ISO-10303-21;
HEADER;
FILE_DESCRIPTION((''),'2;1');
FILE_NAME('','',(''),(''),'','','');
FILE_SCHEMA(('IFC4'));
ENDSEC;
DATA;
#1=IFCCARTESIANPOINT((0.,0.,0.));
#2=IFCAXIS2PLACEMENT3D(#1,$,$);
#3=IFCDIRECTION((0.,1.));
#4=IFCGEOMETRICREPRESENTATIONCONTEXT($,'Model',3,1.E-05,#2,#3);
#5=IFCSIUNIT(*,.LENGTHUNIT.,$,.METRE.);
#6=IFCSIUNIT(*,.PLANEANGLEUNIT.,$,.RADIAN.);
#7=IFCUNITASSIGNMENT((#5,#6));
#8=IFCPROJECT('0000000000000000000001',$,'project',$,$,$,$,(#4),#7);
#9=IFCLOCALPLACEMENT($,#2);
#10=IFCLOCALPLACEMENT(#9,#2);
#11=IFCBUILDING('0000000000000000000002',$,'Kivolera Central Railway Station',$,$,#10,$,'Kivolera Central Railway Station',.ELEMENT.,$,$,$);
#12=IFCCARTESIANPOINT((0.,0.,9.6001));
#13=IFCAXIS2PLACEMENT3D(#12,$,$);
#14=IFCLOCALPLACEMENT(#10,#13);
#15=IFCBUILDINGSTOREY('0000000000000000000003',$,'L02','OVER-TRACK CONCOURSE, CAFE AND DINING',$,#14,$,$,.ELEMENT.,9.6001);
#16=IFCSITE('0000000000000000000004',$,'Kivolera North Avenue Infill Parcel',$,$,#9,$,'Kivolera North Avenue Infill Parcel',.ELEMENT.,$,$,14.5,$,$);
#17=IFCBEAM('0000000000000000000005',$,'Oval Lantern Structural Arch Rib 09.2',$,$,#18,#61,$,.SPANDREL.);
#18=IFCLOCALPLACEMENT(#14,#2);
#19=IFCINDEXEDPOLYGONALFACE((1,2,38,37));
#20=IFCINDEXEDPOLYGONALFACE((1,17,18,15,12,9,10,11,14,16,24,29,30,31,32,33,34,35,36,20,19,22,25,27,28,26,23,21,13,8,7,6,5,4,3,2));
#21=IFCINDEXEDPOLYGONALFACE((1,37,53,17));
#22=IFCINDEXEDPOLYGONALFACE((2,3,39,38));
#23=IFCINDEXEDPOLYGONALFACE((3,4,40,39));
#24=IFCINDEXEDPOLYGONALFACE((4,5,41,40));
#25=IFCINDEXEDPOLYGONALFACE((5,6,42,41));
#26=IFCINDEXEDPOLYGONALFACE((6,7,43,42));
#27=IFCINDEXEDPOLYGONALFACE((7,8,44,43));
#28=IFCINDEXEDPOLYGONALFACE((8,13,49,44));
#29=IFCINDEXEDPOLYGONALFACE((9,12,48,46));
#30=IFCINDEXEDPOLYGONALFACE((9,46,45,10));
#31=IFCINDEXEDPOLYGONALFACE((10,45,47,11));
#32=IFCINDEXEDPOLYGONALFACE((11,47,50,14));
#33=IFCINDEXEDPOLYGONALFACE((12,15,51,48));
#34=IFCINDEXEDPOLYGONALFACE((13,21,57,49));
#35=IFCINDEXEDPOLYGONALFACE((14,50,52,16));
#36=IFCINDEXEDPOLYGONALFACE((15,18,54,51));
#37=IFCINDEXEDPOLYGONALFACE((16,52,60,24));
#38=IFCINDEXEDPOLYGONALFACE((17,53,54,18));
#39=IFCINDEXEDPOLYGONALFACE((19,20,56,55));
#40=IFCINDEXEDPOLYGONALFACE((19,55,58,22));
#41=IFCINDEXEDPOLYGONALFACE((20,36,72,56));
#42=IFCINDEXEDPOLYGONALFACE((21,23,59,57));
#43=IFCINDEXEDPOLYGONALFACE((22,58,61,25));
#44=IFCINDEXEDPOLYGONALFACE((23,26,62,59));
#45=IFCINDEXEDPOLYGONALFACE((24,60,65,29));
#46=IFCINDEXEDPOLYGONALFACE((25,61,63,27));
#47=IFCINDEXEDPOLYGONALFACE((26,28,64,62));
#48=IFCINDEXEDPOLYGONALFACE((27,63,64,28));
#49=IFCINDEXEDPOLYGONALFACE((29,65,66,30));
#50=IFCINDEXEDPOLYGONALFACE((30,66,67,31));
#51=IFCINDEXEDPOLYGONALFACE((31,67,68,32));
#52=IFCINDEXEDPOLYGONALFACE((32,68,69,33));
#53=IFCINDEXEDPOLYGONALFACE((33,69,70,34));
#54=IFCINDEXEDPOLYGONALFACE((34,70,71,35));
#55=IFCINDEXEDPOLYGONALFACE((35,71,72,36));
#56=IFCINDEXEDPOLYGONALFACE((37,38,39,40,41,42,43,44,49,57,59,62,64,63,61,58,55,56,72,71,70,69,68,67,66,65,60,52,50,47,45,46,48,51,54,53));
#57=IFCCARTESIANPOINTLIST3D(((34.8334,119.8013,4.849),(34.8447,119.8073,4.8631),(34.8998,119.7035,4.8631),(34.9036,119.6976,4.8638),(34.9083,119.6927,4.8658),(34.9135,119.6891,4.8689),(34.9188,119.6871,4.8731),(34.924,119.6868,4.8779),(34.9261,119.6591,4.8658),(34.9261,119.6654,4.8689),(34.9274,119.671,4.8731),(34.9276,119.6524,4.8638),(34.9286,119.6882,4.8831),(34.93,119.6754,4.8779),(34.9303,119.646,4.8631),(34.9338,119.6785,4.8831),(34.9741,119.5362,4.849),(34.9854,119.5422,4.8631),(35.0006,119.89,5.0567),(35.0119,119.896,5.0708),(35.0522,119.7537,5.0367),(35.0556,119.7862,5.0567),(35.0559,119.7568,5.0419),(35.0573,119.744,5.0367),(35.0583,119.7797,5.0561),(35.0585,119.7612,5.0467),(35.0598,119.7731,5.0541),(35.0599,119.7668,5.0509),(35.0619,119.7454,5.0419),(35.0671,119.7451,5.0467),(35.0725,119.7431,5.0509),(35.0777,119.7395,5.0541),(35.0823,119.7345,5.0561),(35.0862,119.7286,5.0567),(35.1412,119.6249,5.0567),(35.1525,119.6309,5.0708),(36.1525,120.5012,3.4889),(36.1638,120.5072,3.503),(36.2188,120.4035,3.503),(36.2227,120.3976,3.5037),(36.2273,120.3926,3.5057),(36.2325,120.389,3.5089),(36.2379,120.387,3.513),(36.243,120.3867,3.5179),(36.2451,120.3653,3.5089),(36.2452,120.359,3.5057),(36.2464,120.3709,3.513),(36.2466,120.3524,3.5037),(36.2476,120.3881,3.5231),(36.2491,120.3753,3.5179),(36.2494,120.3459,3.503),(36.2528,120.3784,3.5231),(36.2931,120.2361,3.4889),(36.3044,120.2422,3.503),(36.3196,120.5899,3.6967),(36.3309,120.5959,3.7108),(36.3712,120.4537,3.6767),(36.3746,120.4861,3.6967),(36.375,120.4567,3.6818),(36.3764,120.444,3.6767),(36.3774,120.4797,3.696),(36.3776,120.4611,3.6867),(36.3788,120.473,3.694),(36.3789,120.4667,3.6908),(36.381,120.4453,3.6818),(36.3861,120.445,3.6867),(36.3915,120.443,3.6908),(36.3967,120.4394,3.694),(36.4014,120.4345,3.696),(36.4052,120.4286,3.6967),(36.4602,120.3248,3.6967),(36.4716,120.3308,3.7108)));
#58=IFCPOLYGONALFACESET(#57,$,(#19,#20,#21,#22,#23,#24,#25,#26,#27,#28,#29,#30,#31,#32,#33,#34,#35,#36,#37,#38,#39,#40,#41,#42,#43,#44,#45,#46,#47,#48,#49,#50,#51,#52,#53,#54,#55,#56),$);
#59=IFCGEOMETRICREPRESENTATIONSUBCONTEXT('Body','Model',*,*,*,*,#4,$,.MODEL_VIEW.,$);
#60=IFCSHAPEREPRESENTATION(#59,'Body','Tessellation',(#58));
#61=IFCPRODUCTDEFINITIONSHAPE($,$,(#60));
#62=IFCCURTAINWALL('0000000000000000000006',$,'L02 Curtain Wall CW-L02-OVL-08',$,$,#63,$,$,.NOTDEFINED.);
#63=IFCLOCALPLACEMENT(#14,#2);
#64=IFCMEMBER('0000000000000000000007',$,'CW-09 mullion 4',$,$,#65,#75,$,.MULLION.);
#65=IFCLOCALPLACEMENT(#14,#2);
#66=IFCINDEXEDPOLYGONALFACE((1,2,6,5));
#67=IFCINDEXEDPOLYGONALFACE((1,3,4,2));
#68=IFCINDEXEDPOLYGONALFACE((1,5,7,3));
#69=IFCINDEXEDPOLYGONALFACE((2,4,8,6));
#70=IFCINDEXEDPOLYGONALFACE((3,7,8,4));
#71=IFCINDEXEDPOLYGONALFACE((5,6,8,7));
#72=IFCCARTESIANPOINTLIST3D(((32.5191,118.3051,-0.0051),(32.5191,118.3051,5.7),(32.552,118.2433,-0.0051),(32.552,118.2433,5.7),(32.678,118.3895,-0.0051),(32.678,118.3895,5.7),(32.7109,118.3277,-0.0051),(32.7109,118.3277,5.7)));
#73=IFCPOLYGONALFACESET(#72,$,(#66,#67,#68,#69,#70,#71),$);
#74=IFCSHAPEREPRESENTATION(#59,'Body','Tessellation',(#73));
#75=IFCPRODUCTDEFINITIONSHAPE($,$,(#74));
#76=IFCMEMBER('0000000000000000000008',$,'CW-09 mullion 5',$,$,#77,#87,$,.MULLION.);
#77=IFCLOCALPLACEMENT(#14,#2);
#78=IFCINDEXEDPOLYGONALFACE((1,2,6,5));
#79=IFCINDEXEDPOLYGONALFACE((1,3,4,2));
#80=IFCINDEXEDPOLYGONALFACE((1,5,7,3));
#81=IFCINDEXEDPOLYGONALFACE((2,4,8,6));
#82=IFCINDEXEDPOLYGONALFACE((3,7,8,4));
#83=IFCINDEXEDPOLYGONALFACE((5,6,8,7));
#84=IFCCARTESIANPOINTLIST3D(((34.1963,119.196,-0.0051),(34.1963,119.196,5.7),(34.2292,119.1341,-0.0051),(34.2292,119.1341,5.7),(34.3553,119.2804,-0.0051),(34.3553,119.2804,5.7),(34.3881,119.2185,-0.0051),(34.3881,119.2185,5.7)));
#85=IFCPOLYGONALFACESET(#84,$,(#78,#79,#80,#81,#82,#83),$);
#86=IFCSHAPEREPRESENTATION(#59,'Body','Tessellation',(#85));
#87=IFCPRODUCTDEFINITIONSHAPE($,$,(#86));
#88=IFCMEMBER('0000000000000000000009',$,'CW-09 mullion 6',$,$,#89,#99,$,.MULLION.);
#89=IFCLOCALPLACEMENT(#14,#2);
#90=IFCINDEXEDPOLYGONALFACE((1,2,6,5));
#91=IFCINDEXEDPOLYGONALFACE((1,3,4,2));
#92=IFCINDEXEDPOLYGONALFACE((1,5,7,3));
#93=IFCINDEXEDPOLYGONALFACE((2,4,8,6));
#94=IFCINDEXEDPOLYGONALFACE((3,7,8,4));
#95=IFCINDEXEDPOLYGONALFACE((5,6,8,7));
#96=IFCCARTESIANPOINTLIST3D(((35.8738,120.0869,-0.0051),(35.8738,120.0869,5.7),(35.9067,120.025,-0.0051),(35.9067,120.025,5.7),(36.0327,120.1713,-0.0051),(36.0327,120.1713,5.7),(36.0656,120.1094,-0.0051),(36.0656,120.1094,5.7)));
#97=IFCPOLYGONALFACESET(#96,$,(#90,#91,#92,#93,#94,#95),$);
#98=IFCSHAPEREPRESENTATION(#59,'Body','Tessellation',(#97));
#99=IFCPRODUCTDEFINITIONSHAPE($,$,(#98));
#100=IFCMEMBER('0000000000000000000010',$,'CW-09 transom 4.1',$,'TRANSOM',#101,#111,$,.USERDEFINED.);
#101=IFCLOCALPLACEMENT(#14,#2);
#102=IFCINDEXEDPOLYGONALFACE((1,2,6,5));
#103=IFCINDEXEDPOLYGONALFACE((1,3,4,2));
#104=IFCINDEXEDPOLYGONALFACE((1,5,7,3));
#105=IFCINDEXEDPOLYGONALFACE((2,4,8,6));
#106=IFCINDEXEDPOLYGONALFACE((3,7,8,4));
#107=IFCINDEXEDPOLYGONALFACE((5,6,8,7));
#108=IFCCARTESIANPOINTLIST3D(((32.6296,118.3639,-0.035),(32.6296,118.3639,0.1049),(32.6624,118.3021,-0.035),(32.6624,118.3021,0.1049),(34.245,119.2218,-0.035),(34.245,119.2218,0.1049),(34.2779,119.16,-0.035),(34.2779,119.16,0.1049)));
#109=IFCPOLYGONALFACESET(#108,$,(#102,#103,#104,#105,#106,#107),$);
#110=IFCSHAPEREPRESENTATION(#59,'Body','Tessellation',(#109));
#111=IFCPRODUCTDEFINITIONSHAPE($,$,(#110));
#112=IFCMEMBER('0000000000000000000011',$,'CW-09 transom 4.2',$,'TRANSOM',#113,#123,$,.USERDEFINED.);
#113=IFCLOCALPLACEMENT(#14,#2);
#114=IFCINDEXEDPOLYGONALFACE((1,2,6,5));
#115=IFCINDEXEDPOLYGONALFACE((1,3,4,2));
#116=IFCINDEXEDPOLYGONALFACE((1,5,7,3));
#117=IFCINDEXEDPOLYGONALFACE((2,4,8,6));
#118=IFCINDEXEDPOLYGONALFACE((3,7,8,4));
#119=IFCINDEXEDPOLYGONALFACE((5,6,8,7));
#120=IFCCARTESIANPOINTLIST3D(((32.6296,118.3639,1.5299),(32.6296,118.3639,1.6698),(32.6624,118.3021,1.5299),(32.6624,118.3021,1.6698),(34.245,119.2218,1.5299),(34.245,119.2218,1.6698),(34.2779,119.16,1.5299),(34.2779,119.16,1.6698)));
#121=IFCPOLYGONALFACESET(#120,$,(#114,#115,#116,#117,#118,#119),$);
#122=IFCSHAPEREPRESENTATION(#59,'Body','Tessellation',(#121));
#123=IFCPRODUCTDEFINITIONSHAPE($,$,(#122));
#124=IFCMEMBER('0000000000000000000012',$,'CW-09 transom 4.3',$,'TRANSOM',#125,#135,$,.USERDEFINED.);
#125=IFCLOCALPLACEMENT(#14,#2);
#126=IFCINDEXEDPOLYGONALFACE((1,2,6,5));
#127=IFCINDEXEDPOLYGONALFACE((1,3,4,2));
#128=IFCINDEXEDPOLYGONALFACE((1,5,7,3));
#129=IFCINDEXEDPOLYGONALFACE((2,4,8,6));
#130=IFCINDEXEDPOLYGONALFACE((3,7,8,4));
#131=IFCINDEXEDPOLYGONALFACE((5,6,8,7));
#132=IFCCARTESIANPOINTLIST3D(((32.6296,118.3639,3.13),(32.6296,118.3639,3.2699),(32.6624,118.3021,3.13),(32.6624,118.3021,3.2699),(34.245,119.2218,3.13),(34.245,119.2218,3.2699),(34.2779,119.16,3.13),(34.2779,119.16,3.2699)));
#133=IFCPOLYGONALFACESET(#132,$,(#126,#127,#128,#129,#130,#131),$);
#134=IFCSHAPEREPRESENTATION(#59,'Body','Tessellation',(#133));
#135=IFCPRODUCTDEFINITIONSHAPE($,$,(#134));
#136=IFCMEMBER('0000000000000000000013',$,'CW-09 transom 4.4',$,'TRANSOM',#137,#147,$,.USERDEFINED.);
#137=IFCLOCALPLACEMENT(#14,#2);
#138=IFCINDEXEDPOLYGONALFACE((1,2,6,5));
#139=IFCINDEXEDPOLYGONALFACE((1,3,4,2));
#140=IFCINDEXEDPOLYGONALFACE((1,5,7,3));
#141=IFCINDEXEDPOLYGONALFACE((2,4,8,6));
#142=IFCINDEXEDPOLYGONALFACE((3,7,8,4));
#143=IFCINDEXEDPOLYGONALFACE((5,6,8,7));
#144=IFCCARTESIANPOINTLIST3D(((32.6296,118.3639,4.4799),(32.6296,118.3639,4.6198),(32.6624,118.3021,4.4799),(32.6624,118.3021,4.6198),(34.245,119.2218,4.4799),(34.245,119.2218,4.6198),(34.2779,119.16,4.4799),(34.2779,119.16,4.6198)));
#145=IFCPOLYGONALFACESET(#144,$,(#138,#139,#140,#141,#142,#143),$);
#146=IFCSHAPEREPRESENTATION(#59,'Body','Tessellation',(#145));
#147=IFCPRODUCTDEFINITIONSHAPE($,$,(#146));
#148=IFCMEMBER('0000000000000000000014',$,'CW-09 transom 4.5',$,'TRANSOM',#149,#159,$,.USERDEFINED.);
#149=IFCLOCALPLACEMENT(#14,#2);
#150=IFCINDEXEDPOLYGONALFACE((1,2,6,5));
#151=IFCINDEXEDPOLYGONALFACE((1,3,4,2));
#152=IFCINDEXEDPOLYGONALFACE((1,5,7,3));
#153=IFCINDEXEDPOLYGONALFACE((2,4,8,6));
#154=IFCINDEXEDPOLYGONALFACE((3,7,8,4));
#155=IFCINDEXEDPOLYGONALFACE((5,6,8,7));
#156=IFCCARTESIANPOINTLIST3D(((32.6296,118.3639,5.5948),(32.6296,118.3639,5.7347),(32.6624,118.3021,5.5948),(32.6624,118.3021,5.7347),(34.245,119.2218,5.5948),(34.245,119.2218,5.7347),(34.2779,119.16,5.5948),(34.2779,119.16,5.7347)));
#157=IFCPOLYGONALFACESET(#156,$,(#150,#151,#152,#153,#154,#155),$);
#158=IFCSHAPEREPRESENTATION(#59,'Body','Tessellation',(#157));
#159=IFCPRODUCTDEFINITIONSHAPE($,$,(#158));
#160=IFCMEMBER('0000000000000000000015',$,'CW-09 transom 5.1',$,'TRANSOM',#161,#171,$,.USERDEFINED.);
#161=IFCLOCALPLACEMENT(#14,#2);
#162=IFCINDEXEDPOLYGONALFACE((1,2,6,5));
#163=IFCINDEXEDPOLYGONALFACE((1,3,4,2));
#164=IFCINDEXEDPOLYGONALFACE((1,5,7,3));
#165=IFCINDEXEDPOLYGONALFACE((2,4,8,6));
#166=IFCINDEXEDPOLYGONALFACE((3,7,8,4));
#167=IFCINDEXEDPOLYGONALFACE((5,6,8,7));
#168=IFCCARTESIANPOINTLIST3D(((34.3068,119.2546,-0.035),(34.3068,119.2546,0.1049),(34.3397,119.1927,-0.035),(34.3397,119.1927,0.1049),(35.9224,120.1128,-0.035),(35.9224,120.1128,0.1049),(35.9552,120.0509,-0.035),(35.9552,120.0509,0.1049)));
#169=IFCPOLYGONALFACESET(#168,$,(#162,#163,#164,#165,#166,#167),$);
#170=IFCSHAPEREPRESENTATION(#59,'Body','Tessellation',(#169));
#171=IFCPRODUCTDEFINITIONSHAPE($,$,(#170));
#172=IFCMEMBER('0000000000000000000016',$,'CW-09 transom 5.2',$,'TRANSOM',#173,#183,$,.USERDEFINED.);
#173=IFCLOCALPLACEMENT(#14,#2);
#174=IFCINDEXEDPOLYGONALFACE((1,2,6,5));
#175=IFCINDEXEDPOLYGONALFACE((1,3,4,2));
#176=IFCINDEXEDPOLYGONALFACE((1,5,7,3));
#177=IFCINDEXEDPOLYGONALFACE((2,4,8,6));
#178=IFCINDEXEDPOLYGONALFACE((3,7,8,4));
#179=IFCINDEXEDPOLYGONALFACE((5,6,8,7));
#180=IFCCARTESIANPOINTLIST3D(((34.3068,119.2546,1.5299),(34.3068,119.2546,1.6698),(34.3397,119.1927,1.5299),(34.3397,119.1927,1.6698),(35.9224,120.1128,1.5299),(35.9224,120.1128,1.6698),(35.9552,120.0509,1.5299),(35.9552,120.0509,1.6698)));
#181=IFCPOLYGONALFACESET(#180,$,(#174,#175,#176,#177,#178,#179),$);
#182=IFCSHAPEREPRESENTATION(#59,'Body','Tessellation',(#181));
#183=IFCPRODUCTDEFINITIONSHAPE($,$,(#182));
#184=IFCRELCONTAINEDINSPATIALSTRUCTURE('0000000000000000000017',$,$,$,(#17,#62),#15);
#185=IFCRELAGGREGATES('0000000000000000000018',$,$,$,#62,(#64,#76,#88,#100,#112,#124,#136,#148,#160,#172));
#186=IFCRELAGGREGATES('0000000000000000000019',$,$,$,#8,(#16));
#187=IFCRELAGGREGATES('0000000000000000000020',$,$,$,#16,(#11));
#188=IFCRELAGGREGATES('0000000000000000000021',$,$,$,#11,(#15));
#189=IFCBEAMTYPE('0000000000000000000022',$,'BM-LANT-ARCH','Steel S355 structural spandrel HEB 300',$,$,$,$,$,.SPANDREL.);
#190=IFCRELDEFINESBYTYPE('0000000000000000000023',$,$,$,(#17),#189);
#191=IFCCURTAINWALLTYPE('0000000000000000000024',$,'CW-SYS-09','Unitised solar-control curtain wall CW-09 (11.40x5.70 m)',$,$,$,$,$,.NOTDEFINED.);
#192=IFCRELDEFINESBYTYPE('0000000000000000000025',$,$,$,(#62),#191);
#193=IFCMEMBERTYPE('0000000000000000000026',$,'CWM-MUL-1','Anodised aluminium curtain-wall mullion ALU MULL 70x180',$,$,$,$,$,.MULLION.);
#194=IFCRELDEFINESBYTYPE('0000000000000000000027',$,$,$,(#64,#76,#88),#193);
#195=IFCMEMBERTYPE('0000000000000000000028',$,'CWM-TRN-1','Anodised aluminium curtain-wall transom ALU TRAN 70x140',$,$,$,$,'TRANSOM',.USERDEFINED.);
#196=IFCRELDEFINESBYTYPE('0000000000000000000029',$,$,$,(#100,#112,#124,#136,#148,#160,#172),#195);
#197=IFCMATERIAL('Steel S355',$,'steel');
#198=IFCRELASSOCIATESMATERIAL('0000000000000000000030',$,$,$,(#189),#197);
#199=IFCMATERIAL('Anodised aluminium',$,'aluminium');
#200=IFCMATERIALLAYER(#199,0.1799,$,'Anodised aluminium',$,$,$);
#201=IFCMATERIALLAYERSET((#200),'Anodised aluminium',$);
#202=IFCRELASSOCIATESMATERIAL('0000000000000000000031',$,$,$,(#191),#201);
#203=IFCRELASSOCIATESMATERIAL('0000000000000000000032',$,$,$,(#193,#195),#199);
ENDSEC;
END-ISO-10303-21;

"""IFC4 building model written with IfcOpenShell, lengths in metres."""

from ifc_helpers import new_model, si_unit, direction, frame, origin, origin_2d, place, context, subcontext, project, spatial, rectangle, i_section, extrude, material, layer, layer_set, material_profile, profile_set, type_object, element, aggregate, save


model = new_model("IFC4")

# Units and contexts
model_context = context("Model", 3, precision=1e-05, world=origin(), true_north=direction((0.0, 1.0)))
body_context = subcontext(model_context, "Body", "Model", "MODEL_VIEW")
ifc_project = project(units=[si_unit("LENGTHUNIT", "METRE"), si_unit("PLANEANGLEUNIT", "RADIAN")], contexts=[model_context])

# Site, building, storey
site_placement = place(None, origin())
site = spatial("IfcSite", under=ifc_project, at=site_placement, Name="Kivolera North Avenue Infill Parcel", LongName="Kivolera North Avenue Infill Parcel", CompositionType="ELEMENT", RefElevation=14.5)
building_placement = place(site_placement, origin())
building = spatial("IfcBuilding", under=site, at=building_placement, Name="Kivolera Central Railway Station", LongName="Kivolera Central Railway Station", CompositionType="ELEMENT")
storey_placement = place(building_placement, frame((0.0, 0.0, 9.6001)))
storey = spatial("IfcBuildingStorey", under=building, at=storey_placement, Name="L02", Description="OVER-TRACK CONCOURSE, CAFE AND DINING", CompositionType="ELEMENT", Elevation=9.6001)

# Beam
ifc_material_1 = material(Name="Steel S355", Category="steel")
ifc_material_profile_1 = material_profile(ifc_material_1, i_section(OverallWidth=0.3, OverallDepth=0.3, WebThickness=0.011, FlangeThickness=0.019, FilletRadius=0.0271, at=origin_2d()), Name="HEB 300")
ifc_profile_set_1 = profile_set([ifc_material_profile_1], Name="Steel S355")
beam_type = type_object("IfcBeamType", Name="BM-LANT-ARCH", Description="Steel S355 structural spandrel HEB 300", PredefinedType="SPANDREL", material=ifc_profile_set_1)
beam_placement = place(storey_placement, frame((36.312, 120.416, 3.5999), z_axis=(-0.653062, -0.346535, 0.673368), x_axis=(0.468729, -0.883342, 0.0)))
element("IfcBeam", 1, at=beam_placement, inside=storey, type_object=beam_type, Name="Oval Lantern Structural Arch Rib 09.2", PredefinedType="SPANDREL", context=body_context, shape_type="SweptSolid", body=[
    extrude(i_section(OverallWidth=0.3, OverallDepth=0.3, WebThickness=0.011, FlangeThickness=0.019, FilletRadius=0.0271, at=origin_2d()), origin(), (0.0, 0.0, 1.0), 2.0198),
])

# Curtain wall, members
ifc_material_2 = material(Name="Anodised aluminium", Category="aluminium")
ifc_layer_1 = layer(ifc_material_2, 0.1799, Name="Anodised aluminium")
ifc_layer_set_1 = layer_set([ifc_layer_1], Name="Anodised aluminium")
curtain_wall_type = type_object("IfcCurtainWallType", Name="CW-SYS-09", Description="Unitised solar-control curtain wall CW-09 (11.40x5.70 m)", PredefinedType="NOTDEFINED", material=ifc_layer_set_1)
curtain_wall_placement = place(storey_placement, origin())
curtain_wall = element("IfcCurtainWall", 2, at=curtain_wall_placement, inside=storey, type_object=curtain_wall_type, Name="L02 Curtain Wall CW-L02-OVL-08", PredefinedType="NOTDEFINED")
ifc_material_profile_2 = material_profile(ifc_material_2, rectangle(XDim=0.0701, YDim=0.1799, at=origin_2d()), Name="ALU MULL 70x180")
ifc_profile_set_2 = profile_set([ifc_material_profile_2], Name="Anodised aluminium")
member_type_1 = type_object("IfcMemberType", Name="CWM-MUL-1", Description="Anodised aluminium curtain-wall mullion ALU MULL 70x180", PredefinedType="MULLION", material=ifc_profile_set_2)
member_1_placement = place(storey_placement, frame((32.615, 118.3164, -0.0051), z_axis=(0.0, 0.0, 1.0), x_axis=(-0.469053, 0.88317, 0.0)))
member_1 = element("IfcMember", 3, at=member_1_placement, type_object=member_type_1, Name="CW-09 mullion 4", PredefinedType="MULLION", context=body_context, shape_type="SweptSolid", body=[
    extrude(rectangle(XDim=0.0701, YDim=0.1799, at=origin_2d()), origin(), (0.0, 0.0, 1.0), 5.7051),
])
member_2_placement = place(storey_placement, frame((34.2922, 119.2073, -0.0051), z_axis=(0.0, 0.0, 1.0), x_axis=(-0.469053, 0.88317, 0.0)))
member_2 = element("IfcMember", 4, at=member_2_placement, type_object=member_type_1, Name="CW-09 mullion 5", PredefinedType="MULLION", context=body_context, shape_type="SweptSolid", body=[
    extrude(rectangle(XDim=0.0701, YDim=0.1799, at=origin_2d()), origin(), (0.0, 0.0, 1.0), 5.7051),
])
member_3_placement = place(storey_placement, frame((35.9697, 120.0981, -0.0051), z_axis=(0.0, 0.0, 1.0), x_axis=(-0.469053, 0.88317, 0.0)))
member_3 = element("IfcMember", 5, at=member_3_placement, type_object=member_type_1, Name="CW-09 mullion 6", PredefinedType="MULLION", context=body_context, shape_type="SweptSolid", body=[
    extrude(rectangle(XDim=0.0701, YDim=0.1799, at=origin_2d()), origin(), (0.0, 0.0, 1.0), 5.7051),
])
ifc_material_profile_3 = material_profile(ifc_material_2, rectangle(XDim=0.0701, YDim=0.1399, at=origin_2d()), Name="ALU TRAN 70x140")
ifc_profile_set_3 = profile_set([ifc_material_profile_3], Name="Anodised aluminium")
member_type_2 = type_object("IfcMemberType", Name="CWM-TRN-1", Description="Anodised aluminium curtain-wall transom ALU TRAN 70x140", ElementType="TRANSOM", PredefinedType="USERDEFINED", material=ifc_profile_set_3)
member_4_placement = place(storey_placement, frame((32.646, 118.333, 0.0349), z_axis=(0.883187, 0.469022, 0.0), x_axis=(-0.469022, 0.883187, 0.0)))
member_4 = element("IfcMember", 6, at=member_4_placement, type_object=member_type_2, Name="CW-09 transom 4.1", ObjectType="TRANSOM", PredefinedType="USERDEFINED", context=body_context, shape_type="SweptSolid", body=[
    extrude(rectangle(XDim=0.0701, YDim=0.1399, at=origin_2d()), origin(), (0.0, 0.0, 1.0), 1.8291),
])
member_5_placement = place(storey_placement, frame((32.646, 118.333, 1.5999), z_axis=(0.883187, 0.469022, 0.0), x_axis=(-0.469022, 0.883187, 0.0)))
member_5 = element("IfcMember", 7, at=member_5_placement, type_object=member_type_2, Name="CW-09 transom 4.2", ObjectType="TRANSOM", PredefinedType="USERDEFINED", context=body_context, shape_type="SweptSolid", body=[
    extrude(rectangle(XDim=0.0701, YDim=0.1399, at=origin_2d()), origin(), (0.0, 0.0, 1.0), 1.8291),
])
member_6_placement = place(storey_placement, frame((32.646, 118.333, 3.2), z_axis=(0.883187, 0.469022, 0.0), x_axis=(-0.469022, 0.883187, 0.0)))
member_6 = element("IfcMember", 8, at=member_6_placement, type_object=member_type_2, Name="CW-09 transom 4.3", ObjectType="TRANSOM", PredefinedType="USERDEFINED", context=body_context, shape_type="SweptSolid", body=[
    extrude(rectangle(XDim=0.0701, YDim=0.1399, at=origin_2d()), origin(), (0.0, 0.0, 1.0), 1.8291),
])
member_7_placement = place(storey_placement, frame((32.646, 118.333, 4.5498), z_axis=(0.883187, 0.469022, 0.0), x_axis=(-0.469022, 0.883187, 0.0)))
member_7 = element("IfcMember", 9, at=member_7_placement, type_object=member_type_2, Name="CW-09 transom 4.4", ObjectType="TRANSOM", PredefinedType="USERDEFINED", context=body_context, shape_type="SweptSolid", body=[
    extrude(rectangle(XDim=0.0701, YDim=0.1399, at=origin_2d()), origin(), (0.0, 0.0, 1.0), 1.8291),
])
member_8_placement = place(storey_placement, frame((32.646, 118.333, 5.6648), z_axis=(0.883187, 0.469022, 0.0), x_axis=(-0.469022, 0.883187, 0.0)))
member_8 = element("IfcMember", 10, at=member_8_placement, type_object=member_type_2, Name="CW-09 transom 4.5", ObjectType="TRANSOM", PredefinedType="USERDEFINED", context=body_context, shape_type="SweptSolid", body=[
    extrude(rectangle(XDim=0.0701, YDim=0.1399, at=origin_2d()), origin(), (0.0, 0.0, 1.0), 1.8291),
])
member_9_placement = place(storey_placement, frame((34.3232, 119.2236, 0.0349), z_axis=(0.883131, 0.469126, 0.0), x_axis=(-0.469126, 0.883131, 0.0)))
member_9 = element("IfcMember", 11, at=member_9_placement, type_object=member_type_2, Name="CW-09 transom 5.1", ObjectType="TRANSOM", PredefinedType="USERDEFINED", context=body_context, shape_type="SweptSolid", body=[
    extrude(rectangle(XDim=0.0701, YDim=0.1399, at=origin_2d()), origin(), (0.0, 0.0, 1.0), 1.8293),
])
member_10_placement = place(storey_placement, frame((34.3232, 119.2236, 1.5999), z_axis=(0.883131, 0.469126, 0.0), x_axis=(-0.469126, 0.883131, 0.0)))
member_10 = element("IfcMember", 12, at=member_10_placement, type_object=member_type_2, Name="CW-09 transom 5.2", ObjectType="TRANSOM", PredefinedType="USERDEFINED", context=body_context, shape_type="SweptSolid", body=[
    extrude(rectangle(XDim=0.0701, YDim=0.1399, at=origin_2d()), origin(), (0.0, 0.0, 1.0), 1.8293),
])
aggregate(curtain_wall, [member_1, member_2, member_3, member_4, member_5, member_6, member_7, member_8, member_9, member_10])

save(model, "model.ifc")
